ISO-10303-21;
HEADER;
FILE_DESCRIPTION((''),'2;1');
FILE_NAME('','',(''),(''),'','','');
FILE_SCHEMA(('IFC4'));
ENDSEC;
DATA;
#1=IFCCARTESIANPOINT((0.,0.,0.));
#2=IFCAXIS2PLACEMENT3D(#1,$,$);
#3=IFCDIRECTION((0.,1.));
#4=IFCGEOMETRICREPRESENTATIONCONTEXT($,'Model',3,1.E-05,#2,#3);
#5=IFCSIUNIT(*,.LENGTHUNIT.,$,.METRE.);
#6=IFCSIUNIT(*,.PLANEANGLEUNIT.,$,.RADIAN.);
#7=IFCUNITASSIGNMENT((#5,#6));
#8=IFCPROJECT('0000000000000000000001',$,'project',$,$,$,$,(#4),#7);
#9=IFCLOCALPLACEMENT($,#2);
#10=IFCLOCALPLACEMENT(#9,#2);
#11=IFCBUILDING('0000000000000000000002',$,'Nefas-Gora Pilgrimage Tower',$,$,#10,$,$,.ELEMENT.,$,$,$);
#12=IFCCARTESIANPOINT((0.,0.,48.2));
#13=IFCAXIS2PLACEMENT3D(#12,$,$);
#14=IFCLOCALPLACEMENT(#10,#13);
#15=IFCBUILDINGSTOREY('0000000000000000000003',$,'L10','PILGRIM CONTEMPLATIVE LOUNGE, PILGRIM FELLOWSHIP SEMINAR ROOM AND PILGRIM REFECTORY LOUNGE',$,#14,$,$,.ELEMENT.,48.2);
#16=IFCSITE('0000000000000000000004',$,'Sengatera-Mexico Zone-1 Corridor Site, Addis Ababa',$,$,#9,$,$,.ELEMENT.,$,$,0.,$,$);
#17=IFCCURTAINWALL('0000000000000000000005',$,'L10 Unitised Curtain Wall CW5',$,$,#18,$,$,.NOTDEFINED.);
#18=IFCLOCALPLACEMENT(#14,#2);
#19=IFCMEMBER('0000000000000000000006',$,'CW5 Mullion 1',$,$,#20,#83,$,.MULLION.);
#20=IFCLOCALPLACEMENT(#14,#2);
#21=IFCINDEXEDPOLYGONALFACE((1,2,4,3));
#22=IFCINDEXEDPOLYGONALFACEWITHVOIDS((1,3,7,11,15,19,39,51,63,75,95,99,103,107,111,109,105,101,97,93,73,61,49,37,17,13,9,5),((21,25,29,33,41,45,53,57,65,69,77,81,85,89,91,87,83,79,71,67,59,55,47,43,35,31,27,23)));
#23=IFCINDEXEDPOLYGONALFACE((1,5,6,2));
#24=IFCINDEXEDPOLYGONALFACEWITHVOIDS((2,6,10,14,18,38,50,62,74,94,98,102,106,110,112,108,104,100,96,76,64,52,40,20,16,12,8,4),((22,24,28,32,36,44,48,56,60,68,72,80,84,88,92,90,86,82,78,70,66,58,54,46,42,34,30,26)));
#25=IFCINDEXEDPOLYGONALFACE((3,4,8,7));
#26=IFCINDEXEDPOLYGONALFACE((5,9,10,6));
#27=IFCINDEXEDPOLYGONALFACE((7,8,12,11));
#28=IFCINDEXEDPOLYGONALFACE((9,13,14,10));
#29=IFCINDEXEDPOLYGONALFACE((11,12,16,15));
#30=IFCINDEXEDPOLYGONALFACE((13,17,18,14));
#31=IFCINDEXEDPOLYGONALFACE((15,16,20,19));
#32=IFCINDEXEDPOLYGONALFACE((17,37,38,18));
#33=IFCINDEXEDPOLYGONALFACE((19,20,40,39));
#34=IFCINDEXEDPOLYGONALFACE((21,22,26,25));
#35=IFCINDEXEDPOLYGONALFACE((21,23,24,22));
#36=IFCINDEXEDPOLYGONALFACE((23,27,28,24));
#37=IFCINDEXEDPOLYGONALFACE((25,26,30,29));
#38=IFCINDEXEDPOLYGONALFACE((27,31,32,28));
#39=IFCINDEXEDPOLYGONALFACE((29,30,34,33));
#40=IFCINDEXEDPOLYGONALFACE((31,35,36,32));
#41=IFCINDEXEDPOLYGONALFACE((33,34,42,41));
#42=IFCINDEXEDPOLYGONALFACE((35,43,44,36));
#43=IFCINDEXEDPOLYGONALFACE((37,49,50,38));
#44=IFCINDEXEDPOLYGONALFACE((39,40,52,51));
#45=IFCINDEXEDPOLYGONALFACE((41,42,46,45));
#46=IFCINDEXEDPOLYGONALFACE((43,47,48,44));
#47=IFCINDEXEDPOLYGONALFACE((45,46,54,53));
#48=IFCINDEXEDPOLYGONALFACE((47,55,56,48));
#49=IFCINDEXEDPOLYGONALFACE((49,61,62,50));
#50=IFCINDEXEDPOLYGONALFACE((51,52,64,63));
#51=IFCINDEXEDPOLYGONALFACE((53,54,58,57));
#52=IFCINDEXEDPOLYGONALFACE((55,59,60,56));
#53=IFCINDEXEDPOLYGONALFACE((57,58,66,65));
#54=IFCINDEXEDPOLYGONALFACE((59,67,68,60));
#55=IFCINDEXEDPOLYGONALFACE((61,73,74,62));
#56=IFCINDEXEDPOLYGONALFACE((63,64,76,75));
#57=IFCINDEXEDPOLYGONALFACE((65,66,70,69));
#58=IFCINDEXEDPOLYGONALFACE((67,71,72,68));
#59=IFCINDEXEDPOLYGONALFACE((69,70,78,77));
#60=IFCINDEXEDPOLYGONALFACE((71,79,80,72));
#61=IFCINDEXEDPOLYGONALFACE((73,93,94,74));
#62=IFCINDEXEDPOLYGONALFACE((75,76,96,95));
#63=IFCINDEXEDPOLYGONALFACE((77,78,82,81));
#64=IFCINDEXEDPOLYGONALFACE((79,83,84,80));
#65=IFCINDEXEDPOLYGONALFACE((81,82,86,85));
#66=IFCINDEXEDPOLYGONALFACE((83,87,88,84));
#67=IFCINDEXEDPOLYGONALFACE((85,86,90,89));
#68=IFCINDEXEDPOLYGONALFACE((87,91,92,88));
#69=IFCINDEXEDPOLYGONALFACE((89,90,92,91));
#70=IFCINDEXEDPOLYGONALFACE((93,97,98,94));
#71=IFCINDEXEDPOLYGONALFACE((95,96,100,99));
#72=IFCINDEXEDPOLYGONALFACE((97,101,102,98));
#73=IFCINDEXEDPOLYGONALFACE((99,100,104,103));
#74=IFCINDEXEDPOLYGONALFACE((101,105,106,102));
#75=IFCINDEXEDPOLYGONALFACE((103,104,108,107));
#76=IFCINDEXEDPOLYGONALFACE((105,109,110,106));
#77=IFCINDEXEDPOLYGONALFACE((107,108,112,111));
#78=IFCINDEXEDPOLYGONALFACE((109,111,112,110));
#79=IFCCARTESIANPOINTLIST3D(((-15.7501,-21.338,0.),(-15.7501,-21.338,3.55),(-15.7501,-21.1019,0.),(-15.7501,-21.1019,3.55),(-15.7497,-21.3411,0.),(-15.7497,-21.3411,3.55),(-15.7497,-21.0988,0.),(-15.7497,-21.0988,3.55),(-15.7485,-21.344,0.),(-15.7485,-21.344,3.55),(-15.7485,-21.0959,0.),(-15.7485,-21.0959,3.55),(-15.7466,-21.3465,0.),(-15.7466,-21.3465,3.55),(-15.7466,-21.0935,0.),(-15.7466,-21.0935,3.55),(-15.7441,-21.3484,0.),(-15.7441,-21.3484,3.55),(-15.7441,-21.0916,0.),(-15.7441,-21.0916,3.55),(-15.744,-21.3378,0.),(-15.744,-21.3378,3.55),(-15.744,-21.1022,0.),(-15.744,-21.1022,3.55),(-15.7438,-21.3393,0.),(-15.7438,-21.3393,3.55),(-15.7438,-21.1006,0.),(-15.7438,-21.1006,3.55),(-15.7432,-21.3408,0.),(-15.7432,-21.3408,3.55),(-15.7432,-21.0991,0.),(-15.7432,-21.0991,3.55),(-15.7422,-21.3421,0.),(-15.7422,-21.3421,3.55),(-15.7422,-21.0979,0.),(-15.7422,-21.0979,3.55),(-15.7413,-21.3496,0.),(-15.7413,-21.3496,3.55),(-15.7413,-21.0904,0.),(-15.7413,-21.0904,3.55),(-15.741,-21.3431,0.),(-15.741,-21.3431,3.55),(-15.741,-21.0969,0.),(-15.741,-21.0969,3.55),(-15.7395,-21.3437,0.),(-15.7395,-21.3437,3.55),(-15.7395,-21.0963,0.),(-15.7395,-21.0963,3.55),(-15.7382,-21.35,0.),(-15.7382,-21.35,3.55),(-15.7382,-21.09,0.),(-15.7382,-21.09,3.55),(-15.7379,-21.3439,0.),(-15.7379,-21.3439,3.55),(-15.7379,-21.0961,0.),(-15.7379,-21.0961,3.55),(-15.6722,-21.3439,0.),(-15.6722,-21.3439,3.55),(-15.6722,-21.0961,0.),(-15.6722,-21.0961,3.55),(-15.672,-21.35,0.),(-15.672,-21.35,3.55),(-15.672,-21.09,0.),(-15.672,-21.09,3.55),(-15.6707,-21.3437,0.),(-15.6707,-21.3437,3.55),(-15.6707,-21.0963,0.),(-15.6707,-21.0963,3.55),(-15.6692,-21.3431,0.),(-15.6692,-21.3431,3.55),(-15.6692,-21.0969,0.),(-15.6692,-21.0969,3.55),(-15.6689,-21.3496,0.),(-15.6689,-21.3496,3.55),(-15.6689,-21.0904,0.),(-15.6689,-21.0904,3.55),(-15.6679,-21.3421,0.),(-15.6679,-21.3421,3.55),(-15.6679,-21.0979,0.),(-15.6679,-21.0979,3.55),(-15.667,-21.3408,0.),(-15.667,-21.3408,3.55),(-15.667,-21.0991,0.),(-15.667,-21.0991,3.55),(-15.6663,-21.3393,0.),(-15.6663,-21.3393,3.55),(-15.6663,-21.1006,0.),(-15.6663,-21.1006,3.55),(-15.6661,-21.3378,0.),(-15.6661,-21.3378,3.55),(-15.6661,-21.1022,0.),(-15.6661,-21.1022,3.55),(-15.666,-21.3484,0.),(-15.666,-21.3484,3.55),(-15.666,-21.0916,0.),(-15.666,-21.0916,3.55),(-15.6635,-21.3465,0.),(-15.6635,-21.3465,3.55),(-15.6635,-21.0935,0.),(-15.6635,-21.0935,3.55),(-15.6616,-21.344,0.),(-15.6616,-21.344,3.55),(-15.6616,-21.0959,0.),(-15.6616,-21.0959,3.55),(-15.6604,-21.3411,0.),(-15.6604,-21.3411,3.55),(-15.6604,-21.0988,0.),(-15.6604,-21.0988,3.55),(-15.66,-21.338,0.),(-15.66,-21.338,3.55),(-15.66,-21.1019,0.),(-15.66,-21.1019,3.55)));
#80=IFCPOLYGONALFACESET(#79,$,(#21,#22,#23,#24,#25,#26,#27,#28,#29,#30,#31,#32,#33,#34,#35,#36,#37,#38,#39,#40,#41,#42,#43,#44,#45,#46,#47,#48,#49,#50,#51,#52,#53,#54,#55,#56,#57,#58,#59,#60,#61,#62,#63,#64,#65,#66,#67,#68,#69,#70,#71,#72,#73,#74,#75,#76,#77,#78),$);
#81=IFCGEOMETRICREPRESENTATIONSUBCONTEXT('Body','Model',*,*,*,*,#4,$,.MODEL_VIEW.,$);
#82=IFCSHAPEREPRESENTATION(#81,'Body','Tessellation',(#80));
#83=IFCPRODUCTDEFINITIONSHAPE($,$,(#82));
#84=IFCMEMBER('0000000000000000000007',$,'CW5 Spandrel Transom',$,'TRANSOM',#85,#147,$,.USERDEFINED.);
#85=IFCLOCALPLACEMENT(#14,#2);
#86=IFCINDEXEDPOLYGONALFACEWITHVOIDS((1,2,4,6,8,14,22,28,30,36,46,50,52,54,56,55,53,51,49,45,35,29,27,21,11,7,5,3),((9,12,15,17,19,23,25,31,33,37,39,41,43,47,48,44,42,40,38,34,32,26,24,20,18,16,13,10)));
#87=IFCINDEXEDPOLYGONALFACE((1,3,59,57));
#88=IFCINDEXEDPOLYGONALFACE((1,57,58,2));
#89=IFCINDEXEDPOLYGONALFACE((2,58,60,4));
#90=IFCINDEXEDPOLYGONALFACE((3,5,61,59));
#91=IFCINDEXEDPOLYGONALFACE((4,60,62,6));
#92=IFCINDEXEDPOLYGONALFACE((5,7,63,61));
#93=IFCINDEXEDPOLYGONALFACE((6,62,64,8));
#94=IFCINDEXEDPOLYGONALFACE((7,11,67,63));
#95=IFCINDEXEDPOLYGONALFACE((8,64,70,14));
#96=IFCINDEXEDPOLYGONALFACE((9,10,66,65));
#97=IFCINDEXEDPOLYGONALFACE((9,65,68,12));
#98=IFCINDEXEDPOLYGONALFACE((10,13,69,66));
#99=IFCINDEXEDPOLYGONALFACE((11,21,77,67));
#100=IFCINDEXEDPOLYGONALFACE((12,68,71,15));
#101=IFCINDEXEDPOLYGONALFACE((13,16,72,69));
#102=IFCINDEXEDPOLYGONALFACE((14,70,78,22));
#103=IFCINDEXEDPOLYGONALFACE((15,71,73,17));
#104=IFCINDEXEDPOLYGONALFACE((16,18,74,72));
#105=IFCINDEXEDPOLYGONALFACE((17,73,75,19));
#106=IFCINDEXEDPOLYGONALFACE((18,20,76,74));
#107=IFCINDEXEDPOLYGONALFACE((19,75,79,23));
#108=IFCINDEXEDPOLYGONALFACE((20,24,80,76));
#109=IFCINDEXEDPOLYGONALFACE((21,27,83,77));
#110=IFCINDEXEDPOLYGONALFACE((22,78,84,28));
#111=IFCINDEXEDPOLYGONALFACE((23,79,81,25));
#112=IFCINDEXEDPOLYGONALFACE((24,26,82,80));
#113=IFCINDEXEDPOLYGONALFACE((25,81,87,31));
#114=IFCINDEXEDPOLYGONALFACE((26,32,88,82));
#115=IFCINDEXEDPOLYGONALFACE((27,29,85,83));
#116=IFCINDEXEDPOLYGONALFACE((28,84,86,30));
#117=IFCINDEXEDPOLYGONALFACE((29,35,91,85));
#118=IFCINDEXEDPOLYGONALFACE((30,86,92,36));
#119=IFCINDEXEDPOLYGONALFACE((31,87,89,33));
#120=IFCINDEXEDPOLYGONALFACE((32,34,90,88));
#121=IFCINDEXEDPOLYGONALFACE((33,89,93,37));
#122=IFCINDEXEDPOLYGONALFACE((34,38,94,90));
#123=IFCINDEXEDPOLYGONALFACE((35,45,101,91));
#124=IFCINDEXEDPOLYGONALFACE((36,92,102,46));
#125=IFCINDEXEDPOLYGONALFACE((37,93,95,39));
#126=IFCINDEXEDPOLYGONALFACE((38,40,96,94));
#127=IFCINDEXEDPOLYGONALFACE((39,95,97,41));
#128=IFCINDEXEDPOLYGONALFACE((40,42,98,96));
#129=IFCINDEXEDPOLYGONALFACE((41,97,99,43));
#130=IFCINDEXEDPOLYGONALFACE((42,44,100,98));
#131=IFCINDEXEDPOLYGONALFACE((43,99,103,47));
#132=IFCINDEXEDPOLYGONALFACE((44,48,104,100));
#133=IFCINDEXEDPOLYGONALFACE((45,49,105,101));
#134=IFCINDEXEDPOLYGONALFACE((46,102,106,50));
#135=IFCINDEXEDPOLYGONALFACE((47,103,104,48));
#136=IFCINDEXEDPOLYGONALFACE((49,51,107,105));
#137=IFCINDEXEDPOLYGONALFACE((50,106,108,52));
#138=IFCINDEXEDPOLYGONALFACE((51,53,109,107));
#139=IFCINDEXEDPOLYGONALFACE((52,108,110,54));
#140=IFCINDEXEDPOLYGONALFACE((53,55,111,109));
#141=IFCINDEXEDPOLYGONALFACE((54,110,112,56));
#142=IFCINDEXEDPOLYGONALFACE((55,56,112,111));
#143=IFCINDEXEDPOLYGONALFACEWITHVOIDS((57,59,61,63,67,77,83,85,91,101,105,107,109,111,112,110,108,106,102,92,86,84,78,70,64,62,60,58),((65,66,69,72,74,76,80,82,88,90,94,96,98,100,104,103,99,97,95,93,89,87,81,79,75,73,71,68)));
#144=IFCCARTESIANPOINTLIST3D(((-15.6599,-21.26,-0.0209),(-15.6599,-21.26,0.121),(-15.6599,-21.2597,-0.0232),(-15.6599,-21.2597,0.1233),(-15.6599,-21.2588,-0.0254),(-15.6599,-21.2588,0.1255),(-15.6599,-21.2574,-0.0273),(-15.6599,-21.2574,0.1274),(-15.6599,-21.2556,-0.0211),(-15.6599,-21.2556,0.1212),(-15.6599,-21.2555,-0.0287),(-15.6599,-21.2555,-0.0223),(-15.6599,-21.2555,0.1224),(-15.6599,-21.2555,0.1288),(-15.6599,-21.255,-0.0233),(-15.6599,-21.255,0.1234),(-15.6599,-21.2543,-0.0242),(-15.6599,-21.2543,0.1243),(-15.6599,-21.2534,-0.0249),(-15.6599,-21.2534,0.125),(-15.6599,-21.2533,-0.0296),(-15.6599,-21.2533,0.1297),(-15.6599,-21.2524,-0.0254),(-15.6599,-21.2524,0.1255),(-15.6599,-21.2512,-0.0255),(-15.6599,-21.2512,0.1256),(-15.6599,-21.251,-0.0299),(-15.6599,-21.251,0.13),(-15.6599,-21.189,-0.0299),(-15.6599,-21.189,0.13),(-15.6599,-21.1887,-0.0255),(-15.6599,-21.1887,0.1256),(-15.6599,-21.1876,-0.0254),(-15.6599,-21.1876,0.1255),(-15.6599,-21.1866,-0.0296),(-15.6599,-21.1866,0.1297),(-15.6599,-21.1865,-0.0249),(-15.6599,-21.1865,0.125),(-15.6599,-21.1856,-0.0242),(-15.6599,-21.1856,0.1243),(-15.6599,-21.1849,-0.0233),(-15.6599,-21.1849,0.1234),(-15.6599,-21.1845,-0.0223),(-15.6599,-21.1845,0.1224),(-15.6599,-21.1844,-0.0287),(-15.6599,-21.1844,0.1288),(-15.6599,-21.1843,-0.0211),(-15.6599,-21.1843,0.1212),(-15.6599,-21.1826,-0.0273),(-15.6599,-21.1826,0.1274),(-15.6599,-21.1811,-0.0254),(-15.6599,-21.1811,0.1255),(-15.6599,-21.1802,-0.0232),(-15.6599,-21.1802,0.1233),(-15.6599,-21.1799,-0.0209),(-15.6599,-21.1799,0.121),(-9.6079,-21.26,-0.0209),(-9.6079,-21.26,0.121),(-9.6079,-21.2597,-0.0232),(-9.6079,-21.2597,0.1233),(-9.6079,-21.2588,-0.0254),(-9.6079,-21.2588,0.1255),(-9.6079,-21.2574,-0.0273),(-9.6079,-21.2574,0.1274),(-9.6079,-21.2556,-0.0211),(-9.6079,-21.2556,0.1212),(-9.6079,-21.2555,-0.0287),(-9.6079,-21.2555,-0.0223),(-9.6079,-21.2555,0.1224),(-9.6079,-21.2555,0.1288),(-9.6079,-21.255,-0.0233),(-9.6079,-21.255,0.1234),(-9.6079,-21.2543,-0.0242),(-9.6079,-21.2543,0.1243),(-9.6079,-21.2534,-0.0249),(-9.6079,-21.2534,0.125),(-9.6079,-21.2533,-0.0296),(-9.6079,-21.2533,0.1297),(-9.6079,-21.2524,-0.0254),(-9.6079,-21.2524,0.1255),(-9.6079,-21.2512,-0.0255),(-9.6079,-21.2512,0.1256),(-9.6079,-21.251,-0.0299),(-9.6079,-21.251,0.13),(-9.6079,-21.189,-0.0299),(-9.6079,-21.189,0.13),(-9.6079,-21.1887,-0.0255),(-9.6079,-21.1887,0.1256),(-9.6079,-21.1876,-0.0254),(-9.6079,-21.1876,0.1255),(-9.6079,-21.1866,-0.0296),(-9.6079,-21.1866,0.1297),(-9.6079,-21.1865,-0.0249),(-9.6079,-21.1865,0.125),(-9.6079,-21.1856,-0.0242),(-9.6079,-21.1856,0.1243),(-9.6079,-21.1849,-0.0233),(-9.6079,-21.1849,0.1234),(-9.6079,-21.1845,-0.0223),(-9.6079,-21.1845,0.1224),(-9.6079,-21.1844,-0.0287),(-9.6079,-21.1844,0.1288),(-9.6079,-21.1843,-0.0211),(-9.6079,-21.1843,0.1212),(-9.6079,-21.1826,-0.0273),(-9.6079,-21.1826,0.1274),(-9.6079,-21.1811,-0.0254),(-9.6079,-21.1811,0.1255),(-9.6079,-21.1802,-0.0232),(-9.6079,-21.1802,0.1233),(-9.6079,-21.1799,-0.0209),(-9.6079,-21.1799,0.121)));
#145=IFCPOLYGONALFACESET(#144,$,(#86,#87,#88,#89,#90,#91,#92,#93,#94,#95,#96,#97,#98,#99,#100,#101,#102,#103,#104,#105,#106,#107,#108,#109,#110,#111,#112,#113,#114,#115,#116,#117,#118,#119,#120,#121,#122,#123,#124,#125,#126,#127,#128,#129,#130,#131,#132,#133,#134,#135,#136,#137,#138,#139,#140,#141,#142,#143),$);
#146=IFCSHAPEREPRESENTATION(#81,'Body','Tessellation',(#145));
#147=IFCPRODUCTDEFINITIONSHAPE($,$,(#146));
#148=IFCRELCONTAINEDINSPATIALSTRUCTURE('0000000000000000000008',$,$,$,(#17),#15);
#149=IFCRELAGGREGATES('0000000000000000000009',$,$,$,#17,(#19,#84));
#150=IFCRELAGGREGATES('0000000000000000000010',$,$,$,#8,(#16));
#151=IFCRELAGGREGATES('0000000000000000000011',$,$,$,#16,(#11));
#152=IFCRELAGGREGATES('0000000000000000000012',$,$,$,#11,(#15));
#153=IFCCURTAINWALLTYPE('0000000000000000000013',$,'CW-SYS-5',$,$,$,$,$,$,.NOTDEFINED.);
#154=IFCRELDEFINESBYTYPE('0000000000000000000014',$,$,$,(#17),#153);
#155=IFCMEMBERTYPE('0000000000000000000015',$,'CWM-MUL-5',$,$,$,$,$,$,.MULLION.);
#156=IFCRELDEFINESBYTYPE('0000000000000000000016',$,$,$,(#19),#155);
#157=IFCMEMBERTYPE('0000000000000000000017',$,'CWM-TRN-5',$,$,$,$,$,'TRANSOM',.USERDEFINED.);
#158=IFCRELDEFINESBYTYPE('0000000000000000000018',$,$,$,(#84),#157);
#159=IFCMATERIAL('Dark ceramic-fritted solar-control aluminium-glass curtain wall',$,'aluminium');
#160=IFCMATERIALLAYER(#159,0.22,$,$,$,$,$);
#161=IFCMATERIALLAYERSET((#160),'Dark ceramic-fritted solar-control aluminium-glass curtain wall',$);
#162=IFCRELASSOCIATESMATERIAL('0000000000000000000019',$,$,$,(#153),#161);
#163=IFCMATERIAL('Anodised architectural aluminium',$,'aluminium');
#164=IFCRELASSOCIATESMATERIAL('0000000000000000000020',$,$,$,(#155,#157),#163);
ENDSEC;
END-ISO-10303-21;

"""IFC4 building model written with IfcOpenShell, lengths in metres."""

from ifc_helpers import new_model, si_unit, direction, frame, origin, origin_2d, place, context, subcontext, project, spatial, hollow_rectangle, extrude, source, transform, mapped, material, layer, layer_set, material_profile, profile_set, type_object, element, aggregate, save


model = new_model("IFC4")

# Units and contexts
model_context = context("Model", 3, precision=1e-05, world=origin(), true_north=direction((0.0, 1.0)))
body_context = subcontext(model_context, "Body", "Model", "MODEL_VIEW")
ifc_project = project(units=[si_unit("LENGTHUNIT", "METRE"), si_unit("PLANEANGLEUNIT", "RADIAN")], contexts=[model_context])

# Site, building, storey
site_placement = place(None, origin())
site = spatial("IfcSite", under=ifc_project, at=site_placement, Name="Sengatera-Mexico Zone-1 Corridor Site, Addis Ababa", CompositionType="ELEMENT", RefElevation=0.0)
building_placement = place(site_placement, origin())
building = spatial("IfcBuilding", under=site, at=building_placement, Name="Nefas-Gora Pilgrimage Tower", CompositionType="ELEMENT")
storey_placement = place(building_placement, frame((0.0, 0.0, 48.2)))
storey = spatial("IfcBuildingStorey", under=building, at=storey_placement, Name="L10", Description="PILGRIM CONTEMPLATIVE LOUNGE, PILGRIM FELLOWSHIP SEMINAR ROOM AND PILGRIM REFECTORY LOUNGE", CompositionType="ELEMENT", Elevation=48.2)

# Curtain wall, members
ifc_material_1 = material(Name="Dark ceramic-fritted solar-control aluminium-glass curtain wall", Category="aluminium")
ifc_layer_1 = layer(ifc_material_1, 0.22)
ifc_layer_set_1 = layer_set([ifc_layer_1], Name="Dark ceramic-fritted solar-control aluminium-glass curtain wall")
curtain_wall_type_1 = type_object("IfcCurtainWallType", Name="CW-SYS-5", PredefinedType="NOTDEFINED", material=ifc_layer_set_1)
curtain_wall_1_placement = place(storey_placement, origin())
curtain_wall_1 = element("IfcCurtainWall", 1, at=curtain_wall_1_placement, inside=storey, type_object=curtain_wall_type_1, Name="L10 Unitised Curtain Wall CW5", PredefinedType="NOTDEFINED")
ifc_material_2 = material(Name="Anodised architectural aluminium", Category="aluminium")
ifc_material_profile_1 = material_profile(ifc_material_2, hollow_rectangle(XDim=0.0901, YDim=0.26, WallThickness=0.0061, InnerFilletRadius=0.0061, OuterFilletRadius=0.012, at=origin_2d()), Name="ALU MULLION 90x260")
ifc_profile_set_1 = profile_set([ifc_material_profile_1], Name="Anodised architectural aluminium")
member_type_1 = type_object("IfcMemberType", Name="CWM-MUL-5", PredefinedType="MULLION", material=ifc_profile_set_1)
shared_shape_1 = source(origin(), body_context, "Body", "SweptSolid", [
    extrude(hollow_rectangle(XDim=0.0901, YDim=0.26, WallThickness=0.0061, InnerFilletRadius=0.0061, OuterFilletRadius=0.012, at=origin_2d()), origin(), (0.0, 0.0, 1.0), 3.55),
])
member_1_placement = place(storey_placement, frame((-15.7051, -21.22, 0.0), z_axis=(0.0, 0.0, 1.0), x_axis=(1.0, 0.0, 0.0)))
member_1 = element("IfcMember", 2, at=member_1_placement, type_object=member_type_1, Name="CW5 Mullion 1", PredefinedType="MULLION", context=body_context, shape_type="MappedRepresentation", body=[
    mapped(shared_shape_1, transform((0.0, 0.0, 0.0), x_axis=(1.0, 0.0, 0.0), y_axis=(0.0, 1.0, 0.0), z_axis=(0.0, 0.0, 1.0), scale=1.0)),
])
ifc_material_profile_2 = material_profile(ifc_material_2, hollow_rectangle(XDim=0.0801, YDim=0.1599, WallThickness=0.0044, InnerFilletRadius=0.0044, OuterFilletRadius=0.009, at=origin_2d()), Name="ALU TRANSOM 80x160")
ifc_profile_set_2 = profile_set([ifc_material_profile_2], Name="Anodised architectural aluminium")
member_type_2 = type_object("IfcMemberType", Name="CWM-TRN-5", ElementType="TRANSOM", PredefinedType="USERDEFINED", material=ifc_profile_set_2)
shared_shape_2 = source(origin(), body_context, "Body", "SweptSolid", [
    extrude(hollow_rectangle(XDim=0.0801, YDim=0.1599, WallThickness=0.0044, InnerFilletRadius=0.0044, OuterFilletRadius=0.009, at=origin_2d()), origin(), (0.0, 0.0, 1.0), 6.052),
])
member_2_placement = place(storey_placement, frame((-15.6599, -21.22, 0.05), z_axis=(1.0, 0.0, 0.0), x_axis=(0.0, 1.0, 0.0)))
member_2 = element("IfcMember", 3, at=member_2_placement, type_object=member_type_2, Name="CW5 Spandrel Transom", ObjectType="TRANSOM", PredefinedType="USERDEFINED", context=body_context, shape_type="MappedRepresentation", body=[
    mapped(shared_shape_2, transform((0.0, 0.0, 0.0), x_axis=(1.0, 0.0, 0.0), y_axis=(0.0, 1.0, 0.0), z_axis=(0.0, 0.0, 1.0), scale=1.0)),
])

aggregate(curtain_wall_1, [member_1, member_2])

save(model, "model.ifc")
